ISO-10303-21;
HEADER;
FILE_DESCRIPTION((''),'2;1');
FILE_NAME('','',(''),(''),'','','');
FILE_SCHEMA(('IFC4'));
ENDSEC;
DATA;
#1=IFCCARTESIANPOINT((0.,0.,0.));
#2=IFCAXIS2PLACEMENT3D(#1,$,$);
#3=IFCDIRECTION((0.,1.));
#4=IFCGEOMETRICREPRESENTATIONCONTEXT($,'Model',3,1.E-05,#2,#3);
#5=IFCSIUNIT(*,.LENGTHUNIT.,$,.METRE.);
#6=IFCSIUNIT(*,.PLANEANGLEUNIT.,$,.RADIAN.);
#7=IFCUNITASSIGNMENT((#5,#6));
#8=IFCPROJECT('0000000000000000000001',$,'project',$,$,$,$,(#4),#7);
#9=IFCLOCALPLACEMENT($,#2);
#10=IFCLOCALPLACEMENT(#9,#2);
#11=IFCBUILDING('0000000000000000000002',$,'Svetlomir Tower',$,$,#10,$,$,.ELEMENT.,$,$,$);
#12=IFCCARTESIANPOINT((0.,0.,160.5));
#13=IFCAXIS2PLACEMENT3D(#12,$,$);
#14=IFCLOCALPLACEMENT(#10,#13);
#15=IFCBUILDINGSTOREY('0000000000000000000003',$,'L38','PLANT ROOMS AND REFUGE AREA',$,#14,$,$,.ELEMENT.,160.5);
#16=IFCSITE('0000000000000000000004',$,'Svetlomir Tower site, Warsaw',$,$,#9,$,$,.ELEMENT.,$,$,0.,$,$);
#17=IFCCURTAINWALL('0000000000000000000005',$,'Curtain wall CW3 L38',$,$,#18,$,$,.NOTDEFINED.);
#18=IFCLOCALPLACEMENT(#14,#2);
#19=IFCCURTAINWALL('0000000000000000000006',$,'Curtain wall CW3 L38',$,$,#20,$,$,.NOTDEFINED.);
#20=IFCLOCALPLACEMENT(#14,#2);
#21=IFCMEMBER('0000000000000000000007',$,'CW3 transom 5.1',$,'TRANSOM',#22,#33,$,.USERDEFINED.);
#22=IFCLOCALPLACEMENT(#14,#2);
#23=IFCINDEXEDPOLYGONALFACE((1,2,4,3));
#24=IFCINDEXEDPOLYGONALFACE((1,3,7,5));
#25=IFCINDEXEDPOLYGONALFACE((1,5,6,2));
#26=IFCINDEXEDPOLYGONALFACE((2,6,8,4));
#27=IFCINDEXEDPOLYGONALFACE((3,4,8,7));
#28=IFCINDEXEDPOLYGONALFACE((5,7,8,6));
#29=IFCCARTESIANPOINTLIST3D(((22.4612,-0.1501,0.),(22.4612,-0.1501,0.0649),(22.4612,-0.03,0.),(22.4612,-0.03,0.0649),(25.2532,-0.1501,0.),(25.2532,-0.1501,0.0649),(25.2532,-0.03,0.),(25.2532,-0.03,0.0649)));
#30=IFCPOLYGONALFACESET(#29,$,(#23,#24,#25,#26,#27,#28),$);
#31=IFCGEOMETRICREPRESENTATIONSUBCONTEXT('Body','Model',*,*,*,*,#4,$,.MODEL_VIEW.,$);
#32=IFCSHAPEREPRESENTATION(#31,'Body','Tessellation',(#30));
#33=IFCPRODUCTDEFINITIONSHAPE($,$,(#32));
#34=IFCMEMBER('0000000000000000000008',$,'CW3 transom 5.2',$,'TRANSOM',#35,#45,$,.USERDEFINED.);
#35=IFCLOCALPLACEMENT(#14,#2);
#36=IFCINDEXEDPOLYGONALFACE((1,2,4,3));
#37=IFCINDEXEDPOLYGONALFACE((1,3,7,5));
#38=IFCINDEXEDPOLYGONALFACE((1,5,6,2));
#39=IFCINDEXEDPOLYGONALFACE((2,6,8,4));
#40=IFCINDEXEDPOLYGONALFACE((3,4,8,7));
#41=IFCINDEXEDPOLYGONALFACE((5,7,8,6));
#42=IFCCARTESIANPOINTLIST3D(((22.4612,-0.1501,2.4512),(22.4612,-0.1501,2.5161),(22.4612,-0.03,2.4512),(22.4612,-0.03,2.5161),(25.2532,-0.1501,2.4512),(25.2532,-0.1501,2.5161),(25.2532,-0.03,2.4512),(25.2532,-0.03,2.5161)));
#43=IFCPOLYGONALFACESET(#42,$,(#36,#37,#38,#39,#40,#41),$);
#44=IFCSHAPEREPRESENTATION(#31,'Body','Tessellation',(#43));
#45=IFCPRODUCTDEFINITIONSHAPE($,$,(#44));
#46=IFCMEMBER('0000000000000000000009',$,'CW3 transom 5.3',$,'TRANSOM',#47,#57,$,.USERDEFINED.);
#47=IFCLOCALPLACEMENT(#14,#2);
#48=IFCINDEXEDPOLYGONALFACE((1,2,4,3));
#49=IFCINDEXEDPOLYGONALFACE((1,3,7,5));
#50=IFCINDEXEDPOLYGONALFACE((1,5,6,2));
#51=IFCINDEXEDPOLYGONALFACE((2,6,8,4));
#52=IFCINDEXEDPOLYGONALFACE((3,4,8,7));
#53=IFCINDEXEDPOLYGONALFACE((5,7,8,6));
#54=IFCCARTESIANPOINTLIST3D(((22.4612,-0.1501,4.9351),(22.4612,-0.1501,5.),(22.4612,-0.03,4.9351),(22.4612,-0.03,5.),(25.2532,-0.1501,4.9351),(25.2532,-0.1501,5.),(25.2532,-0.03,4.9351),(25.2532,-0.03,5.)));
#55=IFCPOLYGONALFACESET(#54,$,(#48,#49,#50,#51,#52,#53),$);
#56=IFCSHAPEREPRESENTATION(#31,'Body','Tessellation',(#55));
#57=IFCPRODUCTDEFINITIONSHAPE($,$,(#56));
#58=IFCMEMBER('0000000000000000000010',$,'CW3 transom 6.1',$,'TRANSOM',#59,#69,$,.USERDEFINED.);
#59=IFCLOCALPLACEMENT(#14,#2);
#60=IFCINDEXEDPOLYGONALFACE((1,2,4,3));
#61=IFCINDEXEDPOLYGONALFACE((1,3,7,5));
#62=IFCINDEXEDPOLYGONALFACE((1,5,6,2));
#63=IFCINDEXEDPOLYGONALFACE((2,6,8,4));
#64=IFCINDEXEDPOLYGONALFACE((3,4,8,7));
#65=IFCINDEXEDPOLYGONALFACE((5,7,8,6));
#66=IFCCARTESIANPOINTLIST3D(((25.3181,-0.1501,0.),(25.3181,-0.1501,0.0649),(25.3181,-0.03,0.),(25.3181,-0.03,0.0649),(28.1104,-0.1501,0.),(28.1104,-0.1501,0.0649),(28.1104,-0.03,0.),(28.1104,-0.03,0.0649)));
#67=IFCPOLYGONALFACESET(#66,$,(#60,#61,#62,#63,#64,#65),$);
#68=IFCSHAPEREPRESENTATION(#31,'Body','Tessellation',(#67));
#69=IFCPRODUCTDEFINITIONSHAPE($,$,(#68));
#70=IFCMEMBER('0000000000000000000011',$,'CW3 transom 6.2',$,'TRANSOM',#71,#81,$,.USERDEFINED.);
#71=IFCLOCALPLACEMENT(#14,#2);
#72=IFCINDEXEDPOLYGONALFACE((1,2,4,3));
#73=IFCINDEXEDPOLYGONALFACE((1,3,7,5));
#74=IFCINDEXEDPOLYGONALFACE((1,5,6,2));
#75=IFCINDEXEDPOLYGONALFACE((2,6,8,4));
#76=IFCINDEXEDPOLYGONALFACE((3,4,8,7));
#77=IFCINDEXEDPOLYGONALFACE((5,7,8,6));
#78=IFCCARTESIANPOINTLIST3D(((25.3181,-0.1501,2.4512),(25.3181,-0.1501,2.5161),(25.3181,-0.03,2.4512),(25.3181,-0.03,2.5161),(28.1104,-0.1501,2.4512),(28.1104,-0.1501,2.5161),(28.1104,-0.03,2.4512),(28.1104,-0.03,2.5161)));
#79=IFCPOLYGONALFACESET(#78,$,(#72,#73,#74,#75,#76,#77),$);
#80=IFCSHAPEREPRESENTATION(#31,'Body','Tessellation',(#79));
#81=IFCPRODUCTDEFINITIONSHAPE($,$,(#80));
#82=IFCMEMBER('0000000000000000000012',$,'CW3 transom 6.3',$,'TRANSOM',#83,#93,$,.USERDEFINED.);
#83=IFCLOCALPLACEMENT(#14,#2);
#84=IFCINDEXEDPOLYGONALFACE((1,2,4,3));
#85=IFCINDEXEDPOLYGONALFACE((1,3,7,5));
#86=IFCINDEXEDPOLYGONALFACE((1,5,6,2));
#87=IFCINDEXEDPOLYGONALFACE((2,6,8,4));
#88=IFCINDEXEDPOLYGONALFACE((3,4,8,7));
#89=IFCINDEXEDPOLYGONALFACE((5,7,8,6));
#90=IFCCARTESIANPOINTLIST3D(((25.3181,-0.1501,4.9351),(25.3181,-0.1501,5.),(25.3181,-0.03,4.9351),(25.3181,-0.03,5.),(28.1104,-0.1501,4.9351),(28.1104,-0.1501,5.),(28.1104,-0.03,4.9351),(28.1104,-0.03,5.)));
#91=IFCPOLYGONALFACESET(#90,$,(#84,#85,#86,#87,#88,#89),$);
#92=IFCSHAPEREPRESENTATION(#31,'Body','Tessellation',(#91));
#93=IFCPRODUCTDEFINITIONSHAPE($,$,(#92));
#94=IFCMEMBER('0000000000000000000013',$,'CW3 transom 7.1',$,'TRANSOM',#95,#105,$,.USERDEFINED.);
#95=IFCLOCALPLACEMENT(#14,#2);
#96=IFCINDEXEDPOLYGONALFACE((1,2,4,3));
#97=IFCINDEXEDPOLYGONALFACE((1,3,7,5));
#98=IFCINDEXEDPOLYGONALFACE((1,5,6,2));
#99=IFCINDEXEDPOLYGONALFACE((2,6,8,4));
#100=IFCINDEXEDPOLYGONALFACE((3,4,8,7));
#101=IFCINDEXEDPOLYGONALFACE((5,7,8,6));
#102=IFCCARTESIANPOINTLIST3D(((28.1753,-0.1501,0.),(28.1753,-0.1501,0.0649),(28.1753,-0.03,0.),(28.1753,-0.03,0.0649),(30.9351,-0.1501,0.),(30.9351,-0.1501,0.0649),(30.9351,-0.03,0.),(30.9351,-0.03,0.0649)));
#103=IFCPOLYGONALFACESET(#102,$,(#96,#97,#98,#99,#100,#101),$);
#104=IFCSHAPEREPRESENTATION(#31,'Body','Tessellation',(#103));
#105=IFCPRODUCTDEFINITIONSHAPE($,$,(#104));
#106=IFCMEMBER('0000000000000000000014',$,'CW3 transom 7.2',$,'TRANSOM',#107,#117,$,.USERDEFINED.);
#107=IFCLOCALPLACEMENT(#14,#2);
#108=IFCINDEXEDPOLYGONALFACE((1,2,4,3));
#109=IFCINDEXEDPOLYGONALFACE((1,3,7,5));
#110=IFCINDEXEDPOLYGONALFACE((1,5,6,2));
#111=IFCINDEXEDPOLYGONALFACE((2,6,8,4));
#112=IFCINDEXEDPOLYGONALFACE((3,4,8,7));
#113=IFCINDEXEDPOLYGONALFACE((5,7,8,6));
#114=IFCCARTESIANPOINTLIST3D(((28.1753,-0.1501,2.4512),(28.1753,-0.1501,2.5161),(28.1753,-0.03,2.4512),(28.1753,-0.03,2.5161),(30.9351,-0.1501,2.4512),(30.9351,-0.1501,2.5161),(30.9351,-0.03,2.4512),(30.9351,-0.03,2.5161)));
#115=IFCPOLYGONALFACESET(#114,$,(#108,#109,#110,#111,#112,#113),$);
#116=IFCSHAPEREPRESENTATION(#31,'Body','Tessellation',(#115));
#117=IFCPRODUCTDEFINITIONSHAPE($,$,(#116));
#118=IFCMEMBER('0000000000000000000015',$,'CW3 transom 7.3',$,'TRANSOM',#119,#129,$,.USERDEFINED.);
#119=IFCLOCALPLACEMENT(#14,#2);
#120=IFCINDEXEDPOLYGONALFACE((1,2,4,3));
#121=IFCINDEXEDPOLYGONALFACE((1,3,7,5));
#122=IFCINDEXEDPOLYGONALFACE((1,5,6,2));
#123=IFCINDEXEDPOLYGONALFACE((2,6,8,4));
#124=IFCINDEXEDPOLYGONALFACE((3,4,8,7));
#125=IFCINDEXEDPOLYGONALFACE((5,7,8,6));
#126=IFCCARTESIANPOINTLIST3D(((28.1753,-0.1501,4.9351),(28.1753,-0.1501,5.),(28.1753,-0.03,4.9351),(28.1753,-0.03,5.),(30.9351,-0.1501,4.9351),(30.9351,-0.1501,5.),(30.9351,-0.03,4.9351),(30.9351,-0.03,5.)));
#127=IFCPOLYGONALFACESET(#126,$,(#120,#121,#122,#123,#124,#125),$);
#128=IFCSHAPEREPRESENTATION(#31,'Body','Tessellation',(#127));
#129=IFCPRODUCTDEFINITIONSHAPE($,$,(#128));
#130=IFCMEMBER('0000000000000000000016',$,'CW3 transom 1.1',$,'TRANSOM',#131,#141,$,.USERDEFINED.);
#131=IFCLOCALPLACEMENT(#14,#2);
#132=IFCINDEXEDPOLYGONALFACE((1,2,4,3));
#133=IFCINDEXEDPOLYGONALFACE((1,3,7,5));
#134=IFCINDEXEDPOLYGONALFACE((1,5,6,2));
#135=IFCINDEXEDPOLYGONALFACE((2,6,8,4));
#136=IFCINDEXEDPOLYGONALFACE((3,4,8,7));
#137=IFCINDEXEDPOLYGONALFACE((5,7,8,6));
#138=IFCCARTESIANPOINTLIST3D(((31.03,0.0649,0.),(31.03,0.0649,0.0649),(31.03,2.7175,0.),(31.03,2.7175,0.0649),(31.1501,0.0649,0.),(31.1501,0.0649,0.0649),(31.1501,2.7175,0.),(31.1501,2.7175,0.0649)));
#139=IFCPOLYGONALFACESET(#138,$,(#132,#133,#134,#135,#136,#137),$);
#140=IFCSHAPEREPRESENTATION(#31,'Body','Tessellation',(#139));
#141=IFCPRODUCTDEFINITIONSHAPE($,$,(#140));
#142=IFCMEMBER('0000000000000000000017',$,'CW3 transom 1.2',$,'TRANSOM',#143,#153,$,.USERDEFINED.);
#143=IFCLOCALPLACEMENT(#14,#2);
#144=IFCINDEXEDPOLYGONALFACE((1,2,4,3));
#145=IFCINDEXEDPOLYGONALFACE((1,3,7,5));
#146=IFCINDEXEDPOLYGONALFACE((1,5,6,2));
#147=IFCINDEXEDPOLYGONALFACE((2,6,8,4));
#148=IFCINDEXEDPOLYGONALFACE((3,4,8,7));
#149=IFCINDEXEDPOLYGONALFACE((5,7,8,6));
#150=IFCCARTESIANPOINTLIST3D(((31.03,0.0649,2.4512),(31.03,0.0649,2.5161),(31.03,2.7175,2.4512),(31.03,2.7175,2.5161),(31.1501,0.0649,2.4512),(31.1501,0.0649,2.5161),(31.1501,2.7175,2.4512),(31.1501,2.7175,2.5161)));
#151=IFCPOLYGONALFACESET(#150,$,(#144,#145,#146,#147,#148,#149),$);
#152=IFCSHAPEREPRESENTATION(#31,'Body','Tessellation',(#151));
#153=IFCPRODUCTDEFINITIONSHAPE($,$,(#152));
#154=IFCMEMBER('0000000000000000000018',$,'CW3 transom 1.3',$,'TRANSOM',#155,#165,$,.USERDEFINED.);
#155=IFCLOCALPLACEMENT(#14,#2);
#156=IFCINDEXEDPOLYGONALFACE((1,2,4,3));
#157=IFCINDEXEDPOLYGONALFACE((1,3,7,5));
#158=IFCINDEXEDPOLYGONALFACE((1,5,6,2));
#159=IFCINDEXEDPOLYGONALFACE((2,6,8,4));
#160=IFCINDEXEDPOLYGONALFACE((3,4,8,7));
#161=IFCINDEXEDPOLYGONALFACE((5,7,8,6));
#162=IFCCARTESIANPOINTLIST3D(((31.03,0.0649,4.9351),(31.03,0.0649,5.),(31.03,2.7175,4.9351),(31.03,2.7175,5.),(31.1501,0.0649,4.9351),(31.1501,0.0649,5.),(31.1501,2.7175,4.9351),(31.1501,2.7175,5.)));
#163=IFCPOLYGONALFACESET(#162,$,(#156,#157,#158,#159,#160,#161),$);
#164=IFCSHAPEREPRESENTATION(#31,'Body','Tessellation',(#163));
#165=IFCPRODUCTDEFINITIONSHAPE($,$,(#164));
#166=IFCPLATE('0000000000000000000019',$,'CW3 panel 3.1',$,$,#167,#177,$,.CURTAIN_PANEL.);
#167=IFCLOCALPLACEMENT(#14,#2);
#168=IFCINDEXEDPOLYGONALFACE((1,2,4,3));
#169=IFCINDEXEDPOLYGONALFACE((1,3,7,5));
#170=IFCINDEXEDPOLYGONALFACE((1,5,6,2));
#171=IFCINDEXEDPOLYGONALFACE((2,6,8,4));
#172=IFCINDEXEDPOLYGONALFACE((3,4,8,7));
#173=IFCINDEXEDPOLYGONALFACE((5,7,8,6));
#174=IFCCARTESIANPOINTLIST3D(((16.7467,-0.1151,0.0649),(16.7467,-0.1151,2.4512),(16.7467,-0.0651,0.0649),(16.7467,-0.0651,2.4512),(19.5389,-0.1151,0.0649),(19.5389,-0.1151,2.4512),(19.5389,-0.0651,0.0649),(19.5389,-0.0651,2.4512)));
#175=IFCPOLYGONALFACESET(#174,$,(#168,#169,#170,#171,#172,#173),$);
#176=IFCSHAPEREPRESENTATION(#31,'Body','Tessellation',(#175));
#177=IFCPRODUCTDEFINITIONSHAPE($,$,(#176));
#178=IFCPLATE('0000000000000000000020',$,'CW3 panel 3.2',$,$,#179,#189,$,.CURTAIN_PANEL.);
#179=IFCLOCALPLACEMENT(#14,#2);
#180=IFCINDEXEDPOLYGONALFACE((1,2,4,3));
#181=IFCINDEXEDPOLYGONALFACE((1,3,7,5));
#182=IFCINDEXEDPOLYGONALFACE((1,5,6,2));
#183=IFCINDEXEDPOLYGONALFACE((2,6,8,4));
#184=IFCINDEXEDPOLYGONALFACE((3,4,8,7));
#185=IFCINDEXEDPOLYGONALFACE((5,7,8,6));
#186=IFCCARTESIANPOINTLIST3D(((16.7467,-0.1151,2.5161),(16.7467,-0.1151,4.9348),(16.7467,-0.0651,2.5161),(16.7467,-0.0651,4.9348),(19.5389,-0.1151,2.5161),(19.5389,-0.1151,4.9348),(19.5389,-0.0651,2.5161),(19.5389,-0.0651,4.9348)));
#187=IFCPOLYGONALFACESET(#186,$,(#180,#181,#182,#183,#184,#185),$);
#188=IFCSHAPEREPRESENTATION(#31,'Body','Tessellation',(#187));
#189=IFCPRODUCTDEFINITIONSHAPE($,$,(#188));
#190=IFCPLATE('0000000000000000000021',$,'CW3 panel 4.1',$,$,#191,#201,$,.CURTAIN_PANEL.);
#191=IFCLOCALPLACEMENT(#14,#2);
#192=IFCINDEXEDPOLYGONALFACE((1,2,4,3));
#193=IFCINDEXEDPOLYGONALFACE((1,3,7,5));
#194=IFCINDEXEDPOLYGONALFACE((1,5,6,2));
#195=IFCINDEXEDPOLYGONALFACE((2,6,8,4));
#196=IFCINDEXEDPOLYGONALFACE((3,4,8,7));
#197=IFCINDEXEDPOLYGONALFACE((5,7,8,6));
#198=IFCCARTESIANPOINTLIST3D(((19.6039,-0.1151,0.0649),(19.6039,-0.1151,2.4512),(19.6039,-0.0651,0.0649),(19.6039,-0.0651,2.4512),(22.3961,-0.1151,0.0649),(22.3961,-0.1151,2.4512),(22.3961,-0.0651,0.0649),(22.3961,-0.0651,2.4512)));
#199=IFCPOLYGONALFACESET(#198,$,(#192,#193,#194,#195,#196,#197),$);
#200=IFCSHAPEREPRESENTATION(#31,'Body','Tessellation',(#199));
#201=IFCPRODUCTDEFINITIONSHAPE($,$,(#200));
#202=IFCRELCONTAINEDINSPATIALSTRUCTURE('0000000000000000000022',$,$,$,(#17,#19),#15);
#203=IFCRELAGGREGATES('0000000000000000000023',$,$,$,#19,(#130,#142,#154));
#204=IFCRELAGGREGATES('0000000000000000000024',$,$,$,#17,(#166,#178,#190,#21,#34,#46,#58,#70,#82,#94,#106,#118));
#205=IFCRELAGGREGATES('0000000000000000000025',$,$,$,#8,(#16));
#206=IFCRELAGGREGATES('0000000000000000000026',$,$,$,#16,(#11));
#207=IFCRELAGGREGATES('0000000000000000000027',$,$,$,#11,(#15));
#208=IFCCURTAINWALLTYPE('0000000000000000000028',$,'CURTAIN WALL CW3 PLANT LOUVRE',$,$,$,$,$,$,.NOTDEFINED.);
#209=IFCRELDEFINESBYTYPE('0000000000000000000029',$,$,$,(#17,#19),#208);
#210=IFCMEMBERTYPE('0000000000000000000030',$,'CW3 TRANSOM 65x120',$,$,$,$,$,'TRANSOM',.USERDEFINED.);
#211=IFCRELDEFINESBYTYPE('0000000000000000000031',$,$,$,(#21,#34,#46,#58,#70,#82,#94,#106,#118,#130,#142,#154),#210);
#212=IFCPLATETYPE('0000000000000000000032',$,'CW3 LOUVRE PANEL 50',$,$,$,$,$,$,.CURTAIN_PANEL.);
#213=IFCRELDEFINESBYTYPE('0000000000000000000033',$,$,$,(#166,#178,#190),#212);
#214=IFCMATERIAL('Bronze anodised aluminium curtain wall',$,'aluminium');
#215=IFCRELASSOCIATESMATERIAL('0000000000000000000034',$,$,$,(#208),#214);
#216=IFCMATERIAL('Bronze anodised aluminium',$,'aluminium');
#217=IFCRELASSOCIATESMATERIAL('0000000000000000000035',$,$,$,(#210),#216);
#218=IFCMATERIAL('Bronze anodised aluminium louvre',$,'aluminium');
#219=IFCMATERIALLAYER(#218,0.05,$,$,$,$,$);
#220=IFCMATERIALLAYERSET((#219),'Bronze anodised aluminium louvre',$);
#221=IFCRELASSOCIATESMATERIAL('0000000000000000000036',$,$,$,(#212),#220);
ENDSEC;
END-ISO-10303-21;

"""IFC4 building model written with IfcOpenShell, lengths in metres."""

from ifc_helpers import new_model, si_unit, direction, frame, origin, origin_2d, place, context, subcontext, project, spatial, rectangle, extrude, material, layer, layer_set, material_profile, profile_set, type_object, element, aggregate, save


model = new_model("IFC4")

# Units and contexts
model_context = context("Model", 3, precision=1e-05, world=origin(), true_north=direction((0.0, 1.0)))
body_context = subcontext(model_context, "Body", "Model", "MODEL_VIEW")
ifc_project = project(units=[si_unit("LENGTHUNIT", "METRE"), si_unit("PLANEANGLEUNIT", "RADIAN")], contexts=[model_context])

# Site, building, storey
site_placement = place(None, origin())
site = spatial("IfcSite", under=ifc_project, at=site_placement, Name="Svetlomir Tower site, Warsaw", CompositionType="ELEMENT", RefElevation=0.0)
building_placement = place(site_placement, origin())
building = spatial("IfcBuilding", under=site, at=building_placement, Name="Svetlomir Tower", CompositionType="ELEMENT")
storey_placement = place(building_placement, frame((0.0, 0.0, 160.5)))
storey = spatial("IfcBuildingStorey", under=building, at=storey_placement, Name="L38", Description="PLANT ROOMS AND REFUGE AREA", CompositionType="ELEMENT", Elevation=160.5)

# Curtain wall
ifc_material_1 = material(Name="Bronze anodised aluminium curtain wall", Category="aluminium")
curtain_wall_type = type_object("IfcCurtainWallType", Name="CURTAIN WALL CW3 PLANT LOUVRE", PredefinedType="NOTDEFINED", material=ifc_material_1)
curtain_wall_1_placement = place(storey_placement, origin())
curtain_wall_1 = element("IfcCurtainWall", 1, at=curtain_wall_1_placement, inside=storey, type_object=curtain_wall_type, Name="Curtain wall CW3 L38", PredefinedType="NOTDEFINED")

# Curtain wall
curtain_wall_2_placement = place(storey_placement, origin())
curtain_wall_2 = element("IfcCurtainWall", 2, at=curtain_wall_2_placement, inside=storey, type_object=curtain_wall_type, Name="Curtain wall CW3 L38", PredefinedType="NOTDEFINED")

# Members
ifc_material_2 = material(Name="Bronze anodised aluminium", Category="aluminium")
ifc_material_profile_1 = material_profile(ifc_material_2, rectangle(XDim=0.1201, YDim=0.0649, at=origin_2d()), Name="AL 120x65")
ifc_profile_set_1 = profile_set([ifc_material_profile_1], Name="Bronze anodised aluminium 6063-T6")
member_type_1 = type_object("IfcMemberType", Name="CW3 TRANSOM 65x120", ElementType="TRANSOM", PredefinedType="USERDEFINED", material=ifc_profile_set_1)
member_1_placement = place(storey_placement, frame((22.4612, -0.0901, 0.0325), z_axis=(1.0, 0.0, 0.0), x_axis=(0.0, 1.0, 0.0)))
member_1 = element("IfcMember", 3, at=member_1_placement, type_object=member_type_1, Name="CW3 transom 5.1", ObjectType="TRANSOM", PredefinedType="USERDEFINED", context=body_context, shape_type="SweptSolid", body=[
    extrude(rectangle(XDim=0.1201, YDim=0.0649, at=origin_2d()), origin(), (0.0, 0.0, 1.0), 2.792),
])
member_2_placement = place(storey_placement, frame((22.4612, -0.0901, 2.4836), z_axis=(1.0, 0.0, 0.0), x_axis=(0.0, 1.0, 0.0)))
member_2 = element("IfcMember", 4, at=member_2_placement, type_object=member_type_1, Name="CW3 transom 5.2", ObjectType="TRANSOM", PredefinedType="USERDEFINED", context=body_context, shape_type="SweptSolid", body=[
    extrude(rectangle(XDim=0.1201, YDim=0.0649, at=origin_2d()), origin(), (0.0, 0.0, 1.0), 2.792),
])
member_3_placement = place(storey_placement, frame((22.4612, -0.0901, 4.9675), z_axis=(1.0, 0.0, 0.0), x_axis=(0.0, 1.0, 0.0)))
member_3 = element("IfcMember", 5, at=member_3_placement, type_object=member_type_1, Name="CW3 transom 5.3", ObjectType="TRANSOM", PredefinedType="USERDEFINED", context=body_context, shape_type="SweptSolid", body=[
    extrude(rectangle(XDim=0.1201, YDim=0.0649, at=origin_2d()), origin(), (0.0, 0.0, 1.0), 2.792),
])
member_4_placement = place(storey_placement, frame((25.3181, -0.0901, 0.0325), z_axis=(1.0, 0.0, 0.0), x_axis=(0.0, 1.0, 0.0)))
member_4 = element("IfcMember", 6, at=member_4_placement, type_object=member_type_1, Name="CW3 transom 6.1", ObjectType="TRANSOM", PredefinedType="USERDEFINED", context=body_context, shape_type="SweptSolid", body=[
    extrude(rectangle(XDim=0.1201, YDim=0.0649, at=origin_2d()), origin(), (0.0, 0.0, 1.0), 2.7922),
])
member_5_placement = place(storey_placement, frame((25.3181, -0.0901, 2.4836), z_axis=(1.0, 0.0, 0.0), x_axis=(0.0, 1.0, 0.0)))
member_5 = element("IfcMember", 7, at=member_5_placement, type_object=member_type_1, Name="CW3 transom 6.2", ObjectType="TRANSOM", PredefinedType="USERDEFINED", context=body_context, shape_type="SweptSolid", body=[
    extrude(rectangle(XDim=0.1201, YDim=0.0649, at=origin_2d()), origin(), (0.0, 0.0, 1.0), 2.7922),
])
member_6_placement = place(storey_placement, frame((25.3181, -0.0901, 4.9675), z_axis=(1.0, 0.0, 0.0), x_axis=(0.0, 1.0, 0.0)))
member_6 = element("IfcMember", 8, at=member_6_placement, type_object=member_type_1, Name="CW3 transom 6.3", ObjectType="TRANSOM", PredefinedType="USERDEFINED", context=body_context, shape_type="SweptSolid", body=[
    extrude(rectangle(XDim=0.1201, YDim=0.0649, at=origin_2d()), origin(), (0.0, 0.0, 1.0), 2.7922),
])
member_7_placement = place(storey_placement, frame((28.1753, -0.0901, 0.0325), z_axis=(1.0, 0.0, 0.0), x_axis=(0.0, 1.0, 0.0)))
member_7 = element("IfcMember", 9, at=member_7_placement, type_object=member_type_1, Name="CW3 transom 7.1", ObjectType="TRANSOM", PredefinedType="USERDEFINED", context=body_context, shape_type="SweptSolid", body=[
    extrude(rectangle(XDim=0.1201, YDim=0.0649, at=origin_2d()), origin(), (0.0, 0.0, 1.0), 2.7598),
])
member_8_placement = place(storey_placement, frame((28.1753, -0.0901, 2.4836), z_axis=(1.0, 0.0, 0.0), x_axis=(0.0, 1.0, 0.0)))
member_8 = element("IfcMember", 10, at=member_8_placement, type_object=member_type_1, Name="CW3 transom 7.2", ObjectType="TRANSOM", PredefinedType="USERDEFINED", context=body_context, shape_type="SweptSolid", body=[
    extrude(rectangle(XDim=0.1201, YDim=0.0649, at=origin_2d()), origin(), (0.0, 0.0, 1.0), 2.7598),
])
member_9_placement = place(storey_placement, frame((28.1753, -0.0901, 4.9675), z_axis=(1.0, 0.0, 0.0), x_axis=(0.0, 1.0, 0.0)))
member_9 = element("IfcMember", 11, at=member_9_placement, type_object=member_type_1, Name="CW3 transom 7.3", ObjectType="TRANSOM", PredefinedType="USERDEFINED", context=body_context, shape_type="SweptSolid", body=[
    extrude(rectangle(XDim=0.1201, YDim=0.0649, at=origin_2d()), origin(), (0.0, 0.0, 1.0), 2.7598),
])
member_10_placement = place(storey_placement, frame((31.0901, 0.0649, 0.0325), z_axis=(0.0, 1.0, 0.0), x_axis=(-1.0, 0.0, 0.0)))
member_10 = element("IfcMember", 12, at=member_10_placement, type_object=member_type_1, Name="CW3 transom 1.1", ObjectType="TRANSOM", PredefinedType="USERDEFINED", context=body_context, shape_type="SweptSolid", body=[
    extrude(rectangle(XDim=0.1201, YDim=0.0649, at=origin_2d()), origin(), (0.0, 0.0, 1.0), 2.6526),
])
member_11_placement = place(storey_placement, frame((31.0901, 0.0649, 2.4836), z_axis=(0.0, 1.0, 0.0), x_axis=(-1.0, 0.0, 0.0)))
member_11 = element("IfcMember", 13, at=member_11_placement, type_object=member_type_1, Name="CW3 transom 1.2", ObjectType="TRANSOM", PredefinedType="USERDEFINED", context=body_context, shape_type="SweptSolid", body=[
    extrude(rectangle(XDim=0.1201, YDim=0.0649, at=origin_2d()), origin(), (0.0, 0.0, 1.0), 2.6526),
])
member_12_placement = place(storey_placement, frame((31.0901, 0.0649, 4.9675), z_axis=(0.0, 1.0, 0.0), x_axis=(-1.0, 0.0, 0.0)))
member_12 = element("IfcMember", 14, at=member_12_placement, type_object=member_type_1, Name="CW3 transom 1.3", ObjectType="TRANSOM", PredefinedType="USERDEFINED", context=body_context, shape_type="SweptSolid", body=[
    extrude(rectangle(XDim=0.1201, YDim=0.0649, at=origin_2d()), origin(), (0.0, 0.0, 1.0), 2.6526),
])
aggregate(curtain_wall_2, [member_10, member_11, member_12])

# Plates
ifc_material_3 = material(Name="Bronze anodised aluminium louvre", Category="aluminium")
ifc_layer = layer(ifc_material_3, 0.05)
ifc_layer_set = layer_set([ifc_layer], Name="Bronze anodised aluminium louvre")
plate_type = type_object("IfcPlateType", Name="CW3 LOUVRE PANEL 50", PredefinedType="CURTAIN_PANEL", material=ifc_layer_set)
plate_1_placement = place(storey_placement, frame((18.1428, -0.0901, 0.0649), z_axis=(0.0, 0.0, 1.0), x_axis=(1.0, 0.0, 0.0)))
plate_1 = element("IfcPlate", 15, at=plate_1_placement, type_object=plate_type, Name="CW3 panel 3.1", PredefinedType="CURTAIN_PANEL", context=body_context, shape_type="SweptSolid", body=[
    extrude(rectangle(XDim=2.7922, YDim=0.05, at=origin_2d()), origin(), (0.0, 0.0, 1.0), 2.3862),
])
plate_2_placement = place(storey_placement, frame((18.1428, -0.0901, 2.5161), z_axis=(0.0, 0.0, 1.0), x_axis=(1.0, 0.0, 0.0)))
plate_2 = element("IfcPlate", 16, at=plate_2_placement, type_object=plate_type, Name="CW3 panel 3.2", PredefinedType="CURTAIN_PANEL", context=body_context, shape_type="SweptSolid", body=[
    extrude(rectangle(XDim=2.7922, YDim=0.05, at=origin_2d()), origin(), (0.0, 0.0, 1.0), 2.4187),
])
plate_3_placement = place(storey_placement, frame((21.0, -0.0901, 0.0649), z_axis=(0.0, 0.0, 1.0), x_axis=(1.0, 0.0, 0.0)))
plate_3 = element("IfcPlate", 17, at=plate_3_placement, type_object=plate_type, Name="CW3 panel 4.1", PredefinedType="CURTAIN_PANEL", context=body_context, shape_type="SweptSolid", body=[
    extrude(rectangle(XDim=2.7922, YDim=0.05, at=origin_2d()), origin(), (0.0, 0.0, 1.0), 2.3862),
])
aggregate(curtain_wall_1, [plate_1, plate_2, plate_3, member_1, member_2, member_3, member_4, member_5, member_6, member_7, member_8, member_9])

save(model, "model.ifc")
